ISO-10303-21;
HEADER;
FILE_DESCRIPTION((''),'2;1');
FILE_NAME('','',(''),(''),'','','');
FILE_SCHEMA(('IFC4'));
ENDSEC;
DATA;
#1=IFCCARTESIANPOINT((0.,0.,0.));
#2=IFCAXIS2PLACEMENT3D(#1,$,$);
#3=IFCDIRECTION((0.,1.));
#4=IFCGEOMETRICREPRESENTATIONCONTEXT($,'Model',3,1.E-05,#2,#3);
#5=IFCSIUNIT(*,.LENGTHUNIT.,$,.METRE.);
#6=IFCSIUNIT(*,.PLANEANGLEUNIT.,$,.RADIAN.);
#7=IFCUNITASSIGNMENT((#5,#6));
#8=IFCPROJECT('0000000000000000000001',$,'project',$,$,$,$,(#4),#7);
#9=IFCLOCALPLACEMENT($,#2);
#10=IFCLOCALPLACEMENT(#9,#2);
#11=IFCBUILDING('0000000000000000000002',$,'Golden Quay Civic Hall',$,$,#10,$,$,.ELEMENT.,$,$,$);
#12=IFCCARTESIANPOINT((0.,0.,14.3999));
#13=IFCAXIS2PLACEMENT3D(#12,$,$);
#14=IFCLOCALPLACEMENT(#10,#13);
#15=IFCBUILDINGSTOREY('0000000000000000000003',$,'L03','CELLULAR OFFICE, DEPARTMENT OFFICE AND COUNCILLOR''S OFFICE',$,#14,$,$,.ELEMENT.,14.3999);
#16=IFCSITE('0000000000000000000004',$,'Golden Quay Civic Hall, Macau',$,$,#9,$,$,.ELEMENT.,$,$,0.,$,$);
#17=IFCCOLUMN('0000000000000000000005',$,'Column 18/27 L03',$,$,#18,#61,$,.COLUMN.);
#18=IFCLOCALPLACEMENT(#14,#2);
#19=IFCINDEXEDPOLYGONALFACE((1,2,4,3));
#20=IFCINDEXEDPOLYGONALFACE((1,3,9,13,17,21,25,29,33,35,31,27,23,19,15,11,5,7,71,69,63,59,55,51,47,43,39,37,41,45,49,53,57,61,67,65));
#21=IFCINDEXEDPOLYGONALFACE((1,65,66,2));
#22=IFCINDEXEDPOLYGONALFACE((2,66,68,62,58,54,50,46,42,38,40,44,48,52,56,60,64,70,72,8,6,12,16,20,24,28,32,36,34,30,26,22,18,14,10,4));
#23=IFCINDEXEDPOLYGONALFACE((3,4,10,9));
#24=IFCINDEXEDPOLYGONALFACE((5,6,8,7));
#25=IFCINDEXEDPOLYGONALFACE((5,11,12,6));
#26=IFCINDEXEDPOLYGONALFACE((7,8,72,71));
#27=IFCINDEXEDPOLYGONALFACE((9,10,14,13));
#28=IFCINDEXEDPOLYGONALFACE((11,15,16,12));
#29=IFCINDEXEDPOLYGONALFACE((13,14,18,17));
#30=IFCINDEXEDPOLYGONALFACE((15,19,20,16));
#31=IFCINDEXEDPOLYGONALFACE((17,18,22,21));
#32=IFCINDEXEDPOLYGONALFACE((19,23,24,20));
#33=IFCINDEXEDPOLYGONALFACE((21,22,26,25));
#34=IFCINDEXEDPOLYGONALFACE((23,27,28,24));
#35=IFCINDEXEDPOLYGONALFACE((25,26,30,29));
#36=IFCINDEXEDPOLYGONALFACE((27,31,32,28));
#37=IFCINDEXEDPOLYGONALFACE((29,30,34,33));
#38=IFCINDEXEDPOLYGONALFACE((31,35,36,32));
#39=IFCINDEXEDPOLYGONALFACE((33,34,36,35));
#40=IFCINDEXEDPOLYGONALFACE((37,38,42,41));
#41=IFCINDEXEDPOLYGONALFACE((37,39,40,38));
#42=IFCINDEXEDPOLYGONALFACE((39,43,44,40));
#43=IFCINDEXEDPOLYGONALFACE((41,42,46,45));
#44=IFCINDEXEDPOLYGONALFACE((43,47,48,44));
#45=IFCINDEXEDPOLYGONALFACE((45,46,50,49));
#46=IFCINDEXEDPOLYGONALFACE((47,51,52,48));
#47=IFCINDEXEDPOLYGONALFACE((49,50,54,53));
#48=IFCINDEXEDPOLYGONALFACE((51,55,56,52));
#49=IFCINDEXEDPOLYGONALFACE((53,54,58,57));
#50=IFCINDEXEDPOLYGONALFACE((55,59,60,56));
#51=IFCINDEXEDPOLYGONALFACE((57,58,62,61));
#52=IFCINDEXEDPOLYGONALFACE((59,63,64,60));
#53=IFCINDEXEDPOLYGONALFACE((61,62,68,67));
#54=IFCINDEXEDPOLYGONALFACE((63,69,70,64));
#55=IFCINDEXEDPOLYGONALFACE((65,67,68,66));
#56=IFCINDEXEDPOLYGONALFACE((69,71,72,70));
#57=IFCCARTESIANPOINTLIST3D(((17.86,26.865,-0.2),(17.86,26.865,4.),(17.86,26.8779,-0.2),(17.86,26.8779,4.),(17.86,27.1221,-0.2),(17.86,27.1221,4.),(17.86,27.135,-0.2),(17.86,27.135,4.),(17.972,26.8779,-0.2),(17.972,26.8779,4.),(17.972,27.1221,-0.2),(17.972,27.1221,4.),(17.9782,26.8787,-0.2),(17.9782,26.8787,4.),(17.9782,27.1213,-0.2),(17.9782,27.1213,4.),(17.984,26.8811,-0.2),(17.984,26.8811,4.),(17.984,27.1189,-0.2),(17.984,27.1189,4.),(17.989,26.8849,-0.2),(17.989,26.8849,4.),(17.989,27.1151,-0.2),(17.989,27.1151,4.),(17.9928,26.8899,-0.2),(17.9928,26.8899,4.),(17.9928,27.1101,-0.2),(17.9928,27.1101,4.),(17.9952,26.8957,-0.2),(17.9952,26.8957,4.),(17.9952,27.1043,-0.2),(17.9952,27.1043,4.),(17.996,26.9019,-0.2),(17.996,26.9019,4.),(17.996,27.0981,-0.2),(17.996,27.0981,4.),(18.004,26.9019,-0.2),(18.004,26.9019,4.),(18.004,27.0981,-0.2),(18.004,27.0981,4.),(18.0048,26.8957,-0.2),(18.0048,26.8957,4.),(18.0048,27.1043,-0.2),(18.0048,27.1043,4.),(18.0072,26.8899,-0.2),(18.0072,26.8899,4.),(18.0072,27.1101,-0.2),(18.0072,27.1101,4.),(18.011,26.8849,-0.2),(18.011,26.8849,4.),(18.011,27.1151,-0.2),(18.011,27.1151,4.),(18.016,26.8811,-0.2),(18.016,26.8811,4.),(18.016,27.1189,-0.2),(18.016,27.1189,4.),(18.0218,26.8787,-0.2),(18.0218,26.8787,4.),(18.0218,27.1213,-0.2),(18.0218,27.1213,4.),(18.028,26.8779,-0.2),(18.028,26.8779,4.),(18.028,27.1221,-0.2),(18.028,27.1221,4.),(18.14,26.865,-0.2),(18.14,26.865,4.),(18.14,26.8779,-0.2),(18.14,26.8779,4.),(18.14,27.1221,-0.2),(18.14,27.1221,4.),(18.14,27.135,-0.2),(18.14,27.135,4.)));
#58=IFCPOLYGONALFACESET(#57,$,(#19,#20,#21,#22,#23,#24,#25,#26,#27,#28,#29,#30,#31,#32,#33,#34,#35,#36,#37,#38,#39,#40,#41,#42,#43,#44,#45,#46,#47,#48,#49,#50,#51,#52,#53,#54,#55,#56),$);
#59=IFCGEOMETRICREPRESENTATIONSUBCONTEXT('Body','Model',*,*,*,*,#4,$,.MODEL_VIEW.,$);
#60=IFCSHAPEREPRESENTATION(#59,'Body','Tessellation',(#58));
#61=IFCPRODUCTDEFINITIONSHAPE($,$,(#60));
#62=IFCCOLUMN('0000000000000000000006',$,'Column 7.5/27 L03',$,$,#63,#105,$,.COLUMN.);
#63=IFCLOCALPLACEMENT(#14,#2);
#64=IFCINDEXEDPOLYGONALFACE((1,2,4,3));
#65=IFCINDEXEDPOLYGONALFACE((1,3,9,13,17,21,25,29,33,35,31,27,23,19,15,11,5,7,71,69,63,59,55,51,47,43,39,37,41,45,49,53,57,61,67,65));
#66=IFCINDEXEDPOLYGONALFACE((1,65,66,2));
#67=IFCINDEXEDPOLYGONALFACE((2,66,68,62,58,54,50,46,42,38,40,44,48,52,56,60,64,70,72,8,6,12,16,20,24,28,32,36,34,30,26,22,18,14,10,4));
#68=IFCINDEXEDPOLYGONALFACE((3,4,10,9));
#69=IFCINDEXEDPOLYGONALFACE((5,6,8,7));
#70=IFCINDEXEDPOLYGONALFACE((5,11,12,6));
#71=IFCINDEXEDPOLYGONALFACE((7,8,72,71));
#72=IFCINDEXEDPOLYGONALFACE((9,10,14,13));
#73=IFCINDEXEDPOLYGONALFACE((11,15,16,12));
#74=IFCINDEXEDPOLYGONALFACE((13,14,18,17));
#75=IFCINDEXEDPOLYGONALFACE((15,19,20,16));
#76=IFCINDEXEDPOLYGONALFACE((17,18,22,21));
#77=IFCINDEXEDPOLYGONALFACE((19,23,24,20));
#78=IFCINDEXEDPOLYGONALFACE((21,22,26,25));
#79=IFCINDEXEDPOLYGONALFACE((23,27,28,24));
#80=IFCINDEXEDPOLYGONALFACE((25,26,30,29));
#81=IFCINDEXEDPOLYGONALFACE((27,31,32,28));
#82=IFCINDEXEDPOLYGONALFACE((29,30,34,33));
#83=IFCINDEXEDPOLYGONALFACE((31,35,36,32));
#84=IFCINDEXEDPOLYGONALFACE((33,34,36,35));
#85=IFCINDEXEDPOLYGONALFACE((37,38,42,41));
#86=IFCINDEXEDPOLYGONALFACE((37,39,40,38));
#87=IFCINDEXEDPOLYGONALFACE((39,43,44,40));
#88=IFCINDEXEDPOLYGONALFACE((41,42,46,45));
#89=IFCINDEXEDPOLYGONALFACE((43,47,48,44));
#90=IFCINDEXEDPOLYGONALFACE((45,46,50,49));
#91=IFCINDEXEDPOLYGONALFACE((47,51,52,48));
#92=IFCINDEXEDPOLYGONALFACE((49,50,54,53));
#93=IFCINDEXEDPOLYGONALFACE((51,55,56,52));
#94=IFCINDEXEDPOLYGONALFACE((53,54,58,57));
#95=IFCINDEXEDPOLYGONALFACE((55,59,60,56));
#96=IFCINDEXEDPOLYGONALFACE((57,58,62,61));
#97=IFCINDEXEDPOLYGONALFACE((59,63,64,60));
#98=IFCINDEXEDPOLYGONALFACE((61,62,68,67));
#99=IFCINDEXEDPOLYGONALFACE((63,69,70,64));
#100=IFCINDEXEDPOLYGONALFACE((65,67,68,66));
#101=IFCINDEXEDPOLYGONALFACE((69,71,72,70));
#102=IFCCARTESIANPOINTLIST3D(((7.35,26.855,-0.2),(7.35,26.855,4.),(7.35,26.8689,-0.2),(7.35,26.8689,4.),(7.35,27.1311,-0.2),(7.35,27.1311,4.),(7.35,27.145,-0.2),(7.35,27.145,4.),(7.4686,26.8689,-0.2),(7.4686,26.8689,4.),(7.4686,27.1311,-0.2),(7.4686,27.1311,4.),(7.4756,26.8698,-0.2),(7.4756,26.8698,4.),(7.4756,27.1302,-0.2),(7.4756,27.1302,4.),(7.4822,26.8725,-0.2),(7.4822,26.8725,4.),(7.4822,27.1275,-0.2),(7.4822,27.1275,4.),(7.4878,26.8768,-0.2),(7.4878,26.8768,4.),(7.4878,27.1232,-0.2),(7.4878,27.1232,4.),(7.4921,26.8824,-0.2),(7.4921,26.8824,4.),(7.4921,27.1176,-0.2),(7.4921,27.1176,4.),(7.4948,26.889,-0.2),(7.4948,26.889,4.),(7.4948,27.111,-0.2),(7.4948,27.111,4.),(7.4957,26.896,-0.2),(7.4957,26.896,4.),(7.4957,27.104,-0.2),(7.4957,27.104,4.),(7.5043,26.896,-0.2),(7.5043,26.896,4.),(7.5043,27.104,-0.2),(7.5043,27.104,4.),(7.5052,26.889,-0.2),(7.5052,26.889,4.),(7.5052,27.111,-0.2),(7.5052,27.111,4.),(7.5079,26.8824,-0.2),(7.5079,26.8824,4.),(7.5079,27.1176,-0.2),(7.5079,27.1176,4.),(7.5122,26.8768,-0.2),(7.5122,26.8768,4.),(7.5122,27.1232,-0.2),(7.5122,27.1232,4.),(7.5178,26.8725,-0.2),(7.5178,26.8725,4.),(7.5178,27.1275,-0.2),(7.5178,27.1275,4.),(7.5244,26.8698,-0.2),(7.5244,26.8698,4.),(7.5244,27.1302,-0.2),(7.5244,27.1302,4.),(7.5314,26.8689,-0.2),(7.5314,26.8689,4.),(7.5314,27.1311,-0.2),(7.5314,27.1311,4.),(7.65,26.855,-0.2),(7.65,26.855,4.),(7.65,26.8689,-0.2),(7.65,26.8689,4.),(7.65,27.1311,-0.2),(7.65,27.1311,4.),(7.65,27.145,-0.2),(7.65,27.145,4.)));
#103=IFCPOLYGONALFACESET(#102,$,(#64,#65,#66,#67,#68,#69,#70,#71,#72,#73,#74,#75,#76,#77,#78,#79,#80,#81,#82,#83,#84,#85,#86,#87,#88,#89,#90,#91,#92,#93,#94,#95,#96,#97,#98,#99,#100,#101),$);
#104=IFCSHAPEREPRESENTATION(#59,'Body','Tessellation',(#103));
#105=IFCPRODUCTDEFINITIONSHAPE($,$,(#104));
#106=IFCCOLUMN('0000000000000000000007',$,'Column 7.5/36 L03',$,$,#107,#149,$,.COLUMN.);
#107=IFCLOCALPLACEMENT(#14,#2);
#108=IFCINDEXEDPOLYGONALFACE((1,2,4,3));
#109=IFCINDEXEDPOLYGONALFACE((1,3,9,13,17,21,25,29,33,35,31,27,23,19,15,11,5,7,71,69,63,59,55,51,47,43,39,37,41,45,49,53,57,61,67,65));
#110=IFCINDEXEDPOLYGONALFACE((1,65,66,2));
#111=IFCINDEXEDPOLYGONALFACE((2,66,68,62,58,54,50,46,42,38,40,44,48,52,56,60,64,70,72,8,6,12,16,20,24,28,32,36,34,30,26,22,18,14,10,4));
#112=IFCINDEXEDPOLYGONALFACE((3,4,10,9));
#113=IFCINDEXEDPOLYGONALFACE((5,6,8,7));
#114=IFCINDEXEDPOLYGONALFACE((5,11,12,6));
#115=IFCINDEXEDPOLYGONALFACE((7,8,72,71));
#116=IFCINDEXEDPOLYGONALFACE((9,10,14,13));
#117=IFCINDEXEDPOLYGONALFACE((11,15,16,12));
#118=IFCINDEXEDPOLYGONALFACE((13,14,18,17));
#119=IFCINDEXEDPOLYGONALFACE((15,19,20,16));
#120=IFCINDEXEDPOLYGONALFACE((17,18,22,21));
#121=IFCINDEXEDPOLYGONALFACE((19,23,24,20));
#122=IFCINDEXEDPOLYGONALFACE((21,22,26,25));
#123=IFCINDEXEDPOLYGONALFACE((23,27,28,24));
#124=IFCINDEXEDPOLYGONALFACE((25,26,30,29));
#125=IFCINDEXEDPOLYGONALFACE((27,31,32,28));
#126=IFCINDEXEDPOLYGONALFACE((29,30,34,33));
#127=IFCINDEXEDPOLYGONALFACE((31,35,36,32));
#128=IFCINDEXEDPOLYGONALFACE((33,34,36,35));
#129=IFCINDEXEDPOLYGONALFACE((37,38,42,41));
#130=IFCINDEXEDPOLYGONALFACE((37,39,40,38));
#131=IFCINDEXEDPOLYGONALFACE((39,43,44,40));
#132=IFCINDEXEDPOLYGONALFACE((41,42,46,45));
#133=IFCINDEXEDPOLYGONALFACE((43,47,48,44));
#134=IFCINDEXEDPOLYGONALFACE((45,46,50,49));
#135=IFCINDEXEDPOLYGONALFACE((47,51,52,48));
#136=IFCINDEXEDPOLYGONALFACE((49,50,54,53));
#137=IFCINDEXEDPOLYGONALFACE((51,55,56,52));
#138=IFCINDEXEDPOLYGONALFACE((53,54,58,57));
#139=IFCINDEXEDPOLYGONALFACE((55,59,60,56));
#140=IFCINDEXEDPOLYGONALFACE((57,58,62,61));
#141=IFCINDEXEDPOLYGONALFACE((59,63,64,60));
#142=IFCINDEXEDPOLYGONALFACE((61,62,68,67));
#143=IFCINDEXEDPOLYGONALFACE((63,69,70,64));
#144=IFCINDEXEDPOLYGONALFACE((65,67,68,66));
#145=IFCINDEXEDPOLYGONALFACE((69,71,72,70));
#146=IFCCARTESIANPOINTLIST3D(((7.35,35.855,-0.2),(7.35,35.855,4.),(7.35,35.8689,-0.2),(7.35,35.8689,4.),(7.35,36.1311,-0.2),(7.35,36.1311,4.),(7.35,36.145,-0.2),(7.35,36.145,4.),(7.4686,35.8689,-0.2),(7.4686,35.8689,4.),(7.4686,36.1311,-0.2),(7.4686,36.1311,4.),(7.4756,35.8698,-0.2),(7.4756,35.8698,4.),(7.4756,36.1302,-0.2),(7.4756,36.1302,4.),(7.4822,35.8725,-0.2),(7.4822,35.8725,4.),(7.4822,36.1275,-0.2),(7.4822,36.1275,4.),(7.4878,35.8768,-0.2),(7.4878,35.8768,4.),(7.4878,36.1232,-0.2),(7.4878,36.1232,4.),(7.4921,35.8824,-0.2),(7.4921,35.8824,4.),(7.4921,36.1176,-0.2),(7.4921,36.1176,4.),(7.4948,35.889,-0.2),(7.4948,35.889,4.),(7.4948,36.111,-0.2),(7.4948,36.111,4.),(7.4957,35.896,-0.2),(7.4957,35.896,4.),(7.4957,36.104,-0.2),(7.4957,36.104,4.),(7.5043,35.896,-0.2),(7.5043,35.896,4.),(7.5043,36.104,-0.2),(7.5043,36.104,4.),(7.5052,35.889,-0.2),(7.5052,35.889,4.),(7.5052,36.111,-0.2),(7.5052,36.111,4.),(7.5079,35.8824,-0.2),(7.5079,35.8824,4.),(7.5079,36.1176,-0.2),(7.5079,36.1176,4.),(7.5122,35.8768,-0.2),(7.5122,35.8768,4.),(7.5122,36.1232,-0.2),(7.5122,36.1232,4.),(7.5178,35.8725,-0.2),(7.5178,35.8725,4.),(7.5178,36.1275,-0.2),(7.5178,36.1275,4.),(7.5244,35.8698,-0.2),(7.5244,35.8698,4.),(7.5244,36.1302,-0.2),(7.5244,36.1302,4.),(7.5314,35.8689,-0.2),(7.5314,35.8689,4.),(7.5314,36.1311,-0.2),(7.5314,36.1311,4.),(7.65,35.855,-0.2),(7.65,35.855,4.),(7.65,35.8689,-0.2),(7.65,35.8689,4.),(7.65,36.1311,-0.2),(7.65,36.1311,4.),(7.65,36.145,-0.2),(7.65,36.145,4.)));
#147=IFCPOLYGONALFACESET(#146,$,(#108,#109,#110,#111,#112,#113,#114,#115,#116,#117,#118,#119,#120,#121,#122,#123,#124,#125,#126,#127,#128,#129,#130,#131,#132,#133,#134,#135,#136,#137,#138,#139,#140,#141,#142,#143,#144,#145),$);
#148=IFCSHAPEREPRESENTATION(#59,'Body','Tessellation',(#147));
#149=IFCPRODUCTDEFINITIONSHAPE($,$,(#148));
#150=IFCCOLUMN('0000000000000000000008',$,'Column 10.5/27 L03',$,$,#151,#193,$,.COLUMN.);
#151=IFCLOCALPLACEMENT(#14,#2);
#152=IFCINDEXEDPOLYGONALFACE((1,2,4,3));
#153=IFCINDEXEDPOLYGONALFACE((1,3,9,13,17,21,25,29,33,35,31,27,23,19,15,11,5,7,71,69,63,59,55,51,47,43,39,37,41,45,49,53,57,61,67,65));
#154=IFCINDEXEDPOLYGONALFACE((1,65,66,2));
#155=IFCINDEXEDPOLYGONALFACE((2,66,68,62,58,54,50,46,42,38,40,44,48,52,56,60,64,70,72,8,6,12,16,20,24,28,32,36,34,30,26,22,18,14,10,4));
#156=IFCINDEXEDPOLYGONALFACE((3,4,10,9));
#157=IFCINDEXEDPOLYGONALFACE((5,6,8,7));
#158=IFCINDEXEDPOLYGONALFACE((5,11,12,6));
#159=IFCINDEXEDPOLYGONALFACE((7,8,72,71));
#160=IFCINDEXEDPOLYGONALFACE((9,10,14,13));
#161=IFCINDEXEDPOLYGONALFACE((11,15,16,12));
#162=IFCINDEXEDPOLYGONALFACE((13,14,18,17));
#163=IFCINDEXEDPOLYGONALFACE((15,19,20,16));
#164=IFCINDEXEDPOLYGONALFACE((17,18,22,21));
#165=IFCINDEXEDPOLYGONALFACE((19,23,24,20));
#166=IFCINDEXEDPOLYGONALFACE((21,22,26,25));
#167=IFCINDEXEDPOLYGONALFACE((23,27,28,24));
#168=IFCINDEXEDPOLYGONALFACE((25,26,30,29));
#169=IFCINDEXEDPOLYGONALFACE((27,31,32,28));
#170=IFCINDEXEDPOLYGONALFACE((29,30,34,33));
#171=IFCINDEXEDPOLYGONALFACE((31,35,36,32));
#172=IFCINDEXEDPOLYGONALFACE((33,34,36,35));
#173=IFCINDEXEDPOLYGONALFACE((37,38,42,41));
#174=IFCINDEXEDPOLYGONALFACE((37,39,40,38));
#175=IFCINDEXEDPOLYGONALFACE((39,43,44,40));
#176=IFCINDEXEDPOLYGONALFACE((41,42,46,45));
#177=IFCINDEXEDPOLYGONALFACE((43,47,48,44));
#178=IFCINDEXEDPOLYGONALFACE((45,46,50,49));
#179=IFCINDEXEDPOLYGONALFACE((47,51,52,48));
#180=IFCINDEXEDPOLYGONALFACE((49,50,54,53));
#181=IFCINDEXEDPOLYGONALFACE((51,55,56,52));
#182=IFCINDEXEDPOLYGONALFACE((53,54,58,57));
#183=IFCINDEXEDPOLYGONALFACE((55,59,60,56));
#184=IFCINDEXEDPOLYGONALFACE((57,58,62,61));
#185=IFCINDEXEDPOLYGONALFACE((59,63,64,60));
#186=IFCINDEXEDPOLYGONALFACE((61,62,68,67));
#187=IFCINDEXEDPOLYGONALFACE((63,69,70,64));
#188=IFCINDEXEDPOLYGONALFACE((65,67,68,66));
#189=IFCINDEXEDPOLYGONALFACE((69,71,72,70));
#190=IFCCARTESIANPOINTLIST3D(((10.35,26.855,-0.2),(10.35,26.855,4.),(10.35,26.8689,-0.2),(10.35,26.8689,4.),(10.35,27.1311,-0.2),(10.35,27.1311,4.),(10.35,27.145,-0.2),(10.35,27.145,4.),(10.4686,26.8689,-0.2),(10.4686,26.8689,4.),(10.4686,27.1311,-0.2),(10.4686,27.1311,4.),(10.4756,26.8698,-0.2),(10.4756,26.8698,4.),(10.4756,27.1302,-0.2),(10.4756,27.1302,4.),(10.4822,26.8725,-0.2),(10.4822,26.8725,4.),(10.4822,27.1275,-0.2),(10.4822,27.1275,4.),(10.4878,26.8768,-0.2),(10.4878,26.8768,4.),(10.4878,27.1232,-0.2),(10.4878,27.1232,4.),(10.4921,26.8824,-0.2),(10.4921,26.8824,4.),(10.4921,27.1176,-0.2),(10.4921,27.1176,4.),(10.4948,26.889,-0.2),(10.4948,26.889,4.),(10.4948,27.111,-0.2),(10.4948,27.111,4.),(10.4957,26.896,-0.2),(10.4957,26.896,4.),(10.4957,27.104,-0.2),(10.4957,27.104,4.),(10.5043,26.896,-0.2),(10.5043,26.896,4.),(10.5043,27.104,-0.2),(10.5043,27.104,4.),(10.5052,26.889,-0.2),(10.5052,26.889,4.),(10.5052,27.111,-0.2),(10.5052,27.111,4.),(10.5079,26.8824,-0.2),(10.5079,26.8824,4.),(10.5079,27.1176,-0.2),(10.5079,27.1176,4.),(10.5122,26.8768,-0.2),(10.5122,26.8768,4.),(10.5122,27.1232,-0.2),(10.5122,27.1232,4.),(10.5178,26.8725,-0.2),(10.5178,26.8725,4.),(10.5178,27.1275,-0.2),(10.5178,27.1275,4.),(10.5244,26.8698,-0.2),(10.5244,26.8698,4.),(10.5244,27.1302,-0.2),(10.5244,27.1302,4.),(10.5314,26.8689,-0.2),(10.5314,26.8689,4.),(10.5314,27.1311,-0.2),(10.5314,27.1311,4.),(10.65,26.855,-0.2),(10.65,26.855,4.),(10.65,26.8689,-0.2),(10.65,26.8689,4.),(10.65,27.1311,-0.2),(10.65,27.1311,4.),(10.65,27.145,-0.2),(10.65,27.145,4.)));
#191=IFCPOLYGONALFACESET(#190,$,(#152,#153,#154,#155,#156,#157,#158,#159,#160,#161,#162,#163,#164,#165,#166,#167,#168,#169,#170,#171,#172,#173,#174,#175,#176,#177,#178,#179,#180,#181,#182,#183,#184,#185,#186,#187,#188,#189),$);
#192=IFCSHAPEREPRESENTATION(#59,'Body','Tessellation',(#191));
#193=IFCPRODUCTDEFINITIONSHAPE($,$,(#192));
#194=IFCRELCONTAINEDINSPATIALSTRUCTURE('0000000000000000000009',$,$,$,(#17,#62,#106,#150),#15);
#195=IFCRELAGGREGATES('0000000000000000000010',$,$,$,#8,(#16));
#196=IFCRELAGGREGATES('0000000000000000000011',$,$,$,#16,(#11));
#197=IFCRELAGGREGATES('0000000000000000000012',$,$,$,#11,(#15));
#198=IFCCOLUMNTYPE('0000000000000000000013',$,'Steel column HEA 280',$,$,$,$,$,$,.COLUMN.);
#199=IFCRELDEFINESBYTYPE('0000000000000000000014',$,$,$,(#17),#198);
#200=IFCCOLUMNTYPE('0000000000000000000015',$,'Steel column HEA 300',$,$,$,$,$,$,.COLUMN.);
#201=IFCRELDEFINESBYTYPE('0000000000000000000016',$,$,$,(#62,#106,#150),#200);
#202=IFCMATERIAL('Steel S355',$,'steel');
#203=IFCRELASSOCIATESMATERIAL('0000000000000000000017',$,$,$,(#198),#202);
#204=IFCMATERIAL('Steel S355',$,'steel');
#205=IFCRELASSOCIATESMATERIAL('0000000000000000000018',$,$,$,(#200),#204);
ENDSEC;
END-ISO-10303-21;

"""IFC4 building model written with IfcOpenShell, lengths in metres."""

from ifc_helpers import new_model, si_unit, direction, frame, origin, origin_2d, place, context, subcontext, project, spatial, i_section, extrude, material, material_profile, profile_set, type_object, element, save


model = new_model("IFC4")

# Units and contexts
model_context = context("Model", 3, precision=1e-05, world=origin(), true_north=direction((0.0, 1.0)))
body_context = subcontext(model_context, "Body", "Model", "MODEL_VIEW")
ifc_project = project(units=[si_unit("LENGTHUNIT", "METRE"), si_unit("PLANEANGLEUNIT", "RADIAN")], contexts=[model_context])

# Site, building, storey
site_placement = place(None, origin())
site = spatial("IfcSite", under=ifc_project, at=site_placement, Name="Golden Quay Civic Hall, Macau", CompositionType="ELEMENT", RefElevation=0.0)
building_placement = place(site_placement, origin())
building = spatial("IfcBuilding", under=site, at=building_placement, Name="Golden Quay Civic Hall", CompositionType="ELEMENT")
storey_placement = place(building_placement, frame((0.0, 0.0, 14.3999)))
storey = spatial("IfcBuildingStorey", under=building, at=storey_placement, Name="L03", Description="CELLULAR OFFICE, DEPARTMENT OFFICE AND COUNCILLOR'S OFFICE", CompositionType="ELEMENT", Elevation=14.3999)

# Columns
ifc_material_1 = material(Name="Steel S355", Category="steel")
ifc_material_profile_1 = material_profile(ifc_material_1, i_section(OverallWidth=0.28, OverallDepth=0.27, WebThickness=0.0081, FlangeThickness=0.0129, FilletRadius=0.0239, at=origin_2d()), Name="HEA 280")
ifc_profile_set_1 = profile_set([ifc_material_profile_1], Name="Steel S355")
column_type_1 = type_object("IfcColumnType", Name="Steel column HEA 280", PredefinedType="COLUMN", material=ifc_profile_set_1)
column_placement = place(storey_placement, frame((18.0, 27.0, -0.2), z_axis=(0.0, 0.0, 1.0), x_axis=(1.0, 0.0, 0.0)))
element("IfcColumn", 1, at=column_placement, inside=storey, type_object=column_type_1, Name="Column 18/27 L03", PredefinedType="COLUMN", context=body_context, shape_type="SweptSolid", body=[
    extrude(i_section(OverallWidth=0.28, OverallDepth=0.27, WebThickness=0.0081, FlangeThickness=0.0129, FilletRadius=0.0239, at=origin_2d()), origin(), (0.0, 0.0, 1.0), 4.2),
])
ifc_material_2 = material(Name="Steel S355", Category="steel")
ifc_material_profile_2 = material_profile(ifc_material_2, i_section(OverallWidth=0.3, OverallDepth=0.29, WebThickness=0.0085, FlangeThickness=0.0139, FilletRadius=0.0271, at=origin_2d()), Name="HEA 300")
ifc_profile_set_2 = profile_set([ifc_material_profile_2], Name="Steel S355")
column_type_2 = type_object("IfcColumnType", Name="Steel column HEA 300", PredefinedType="COLUMN", material=ifc_profile_set_2)
for number, where, z_axis, x_axis, name in (
    (2, (7.5, 27.0, -0.2), (0.0, 0.0, 1.0), (1.0, 0.0, 0.0), "Column 7.5/27 L03"),
    (3, (7.5, 36.0, -0.2), (0.0, 0.0, 1.0), (1.0, 0.0, 0.0), "Column 7.5/36 L03"),
    (4, (10.5, 27.0, -0.2), (0.0, 0.0, 1.0), (1.0, 0.0, 0.0), "Column 10.5/27 L03"),
):
    element("IfcColumn", number, at=place(storey_placement, frame(where, z_axis=z_axis, x_axis=x_axis)), inside=storey, type_object=column_type_2, Name=name, PredefinedType="COLUMN", context=body_context, shape_type="SweptSolid", body=[
        extrude(i_section(OverallWidth=0.3, OverallDepth=0.29, WebThickness=0.0085, FlangeThickness=0.0139, FilletRadius=0.0271, at=origin_2d()), origin(), (0.0, 0.0, 1.0), 4.2),
    ])

save(model, "model.ifc")
